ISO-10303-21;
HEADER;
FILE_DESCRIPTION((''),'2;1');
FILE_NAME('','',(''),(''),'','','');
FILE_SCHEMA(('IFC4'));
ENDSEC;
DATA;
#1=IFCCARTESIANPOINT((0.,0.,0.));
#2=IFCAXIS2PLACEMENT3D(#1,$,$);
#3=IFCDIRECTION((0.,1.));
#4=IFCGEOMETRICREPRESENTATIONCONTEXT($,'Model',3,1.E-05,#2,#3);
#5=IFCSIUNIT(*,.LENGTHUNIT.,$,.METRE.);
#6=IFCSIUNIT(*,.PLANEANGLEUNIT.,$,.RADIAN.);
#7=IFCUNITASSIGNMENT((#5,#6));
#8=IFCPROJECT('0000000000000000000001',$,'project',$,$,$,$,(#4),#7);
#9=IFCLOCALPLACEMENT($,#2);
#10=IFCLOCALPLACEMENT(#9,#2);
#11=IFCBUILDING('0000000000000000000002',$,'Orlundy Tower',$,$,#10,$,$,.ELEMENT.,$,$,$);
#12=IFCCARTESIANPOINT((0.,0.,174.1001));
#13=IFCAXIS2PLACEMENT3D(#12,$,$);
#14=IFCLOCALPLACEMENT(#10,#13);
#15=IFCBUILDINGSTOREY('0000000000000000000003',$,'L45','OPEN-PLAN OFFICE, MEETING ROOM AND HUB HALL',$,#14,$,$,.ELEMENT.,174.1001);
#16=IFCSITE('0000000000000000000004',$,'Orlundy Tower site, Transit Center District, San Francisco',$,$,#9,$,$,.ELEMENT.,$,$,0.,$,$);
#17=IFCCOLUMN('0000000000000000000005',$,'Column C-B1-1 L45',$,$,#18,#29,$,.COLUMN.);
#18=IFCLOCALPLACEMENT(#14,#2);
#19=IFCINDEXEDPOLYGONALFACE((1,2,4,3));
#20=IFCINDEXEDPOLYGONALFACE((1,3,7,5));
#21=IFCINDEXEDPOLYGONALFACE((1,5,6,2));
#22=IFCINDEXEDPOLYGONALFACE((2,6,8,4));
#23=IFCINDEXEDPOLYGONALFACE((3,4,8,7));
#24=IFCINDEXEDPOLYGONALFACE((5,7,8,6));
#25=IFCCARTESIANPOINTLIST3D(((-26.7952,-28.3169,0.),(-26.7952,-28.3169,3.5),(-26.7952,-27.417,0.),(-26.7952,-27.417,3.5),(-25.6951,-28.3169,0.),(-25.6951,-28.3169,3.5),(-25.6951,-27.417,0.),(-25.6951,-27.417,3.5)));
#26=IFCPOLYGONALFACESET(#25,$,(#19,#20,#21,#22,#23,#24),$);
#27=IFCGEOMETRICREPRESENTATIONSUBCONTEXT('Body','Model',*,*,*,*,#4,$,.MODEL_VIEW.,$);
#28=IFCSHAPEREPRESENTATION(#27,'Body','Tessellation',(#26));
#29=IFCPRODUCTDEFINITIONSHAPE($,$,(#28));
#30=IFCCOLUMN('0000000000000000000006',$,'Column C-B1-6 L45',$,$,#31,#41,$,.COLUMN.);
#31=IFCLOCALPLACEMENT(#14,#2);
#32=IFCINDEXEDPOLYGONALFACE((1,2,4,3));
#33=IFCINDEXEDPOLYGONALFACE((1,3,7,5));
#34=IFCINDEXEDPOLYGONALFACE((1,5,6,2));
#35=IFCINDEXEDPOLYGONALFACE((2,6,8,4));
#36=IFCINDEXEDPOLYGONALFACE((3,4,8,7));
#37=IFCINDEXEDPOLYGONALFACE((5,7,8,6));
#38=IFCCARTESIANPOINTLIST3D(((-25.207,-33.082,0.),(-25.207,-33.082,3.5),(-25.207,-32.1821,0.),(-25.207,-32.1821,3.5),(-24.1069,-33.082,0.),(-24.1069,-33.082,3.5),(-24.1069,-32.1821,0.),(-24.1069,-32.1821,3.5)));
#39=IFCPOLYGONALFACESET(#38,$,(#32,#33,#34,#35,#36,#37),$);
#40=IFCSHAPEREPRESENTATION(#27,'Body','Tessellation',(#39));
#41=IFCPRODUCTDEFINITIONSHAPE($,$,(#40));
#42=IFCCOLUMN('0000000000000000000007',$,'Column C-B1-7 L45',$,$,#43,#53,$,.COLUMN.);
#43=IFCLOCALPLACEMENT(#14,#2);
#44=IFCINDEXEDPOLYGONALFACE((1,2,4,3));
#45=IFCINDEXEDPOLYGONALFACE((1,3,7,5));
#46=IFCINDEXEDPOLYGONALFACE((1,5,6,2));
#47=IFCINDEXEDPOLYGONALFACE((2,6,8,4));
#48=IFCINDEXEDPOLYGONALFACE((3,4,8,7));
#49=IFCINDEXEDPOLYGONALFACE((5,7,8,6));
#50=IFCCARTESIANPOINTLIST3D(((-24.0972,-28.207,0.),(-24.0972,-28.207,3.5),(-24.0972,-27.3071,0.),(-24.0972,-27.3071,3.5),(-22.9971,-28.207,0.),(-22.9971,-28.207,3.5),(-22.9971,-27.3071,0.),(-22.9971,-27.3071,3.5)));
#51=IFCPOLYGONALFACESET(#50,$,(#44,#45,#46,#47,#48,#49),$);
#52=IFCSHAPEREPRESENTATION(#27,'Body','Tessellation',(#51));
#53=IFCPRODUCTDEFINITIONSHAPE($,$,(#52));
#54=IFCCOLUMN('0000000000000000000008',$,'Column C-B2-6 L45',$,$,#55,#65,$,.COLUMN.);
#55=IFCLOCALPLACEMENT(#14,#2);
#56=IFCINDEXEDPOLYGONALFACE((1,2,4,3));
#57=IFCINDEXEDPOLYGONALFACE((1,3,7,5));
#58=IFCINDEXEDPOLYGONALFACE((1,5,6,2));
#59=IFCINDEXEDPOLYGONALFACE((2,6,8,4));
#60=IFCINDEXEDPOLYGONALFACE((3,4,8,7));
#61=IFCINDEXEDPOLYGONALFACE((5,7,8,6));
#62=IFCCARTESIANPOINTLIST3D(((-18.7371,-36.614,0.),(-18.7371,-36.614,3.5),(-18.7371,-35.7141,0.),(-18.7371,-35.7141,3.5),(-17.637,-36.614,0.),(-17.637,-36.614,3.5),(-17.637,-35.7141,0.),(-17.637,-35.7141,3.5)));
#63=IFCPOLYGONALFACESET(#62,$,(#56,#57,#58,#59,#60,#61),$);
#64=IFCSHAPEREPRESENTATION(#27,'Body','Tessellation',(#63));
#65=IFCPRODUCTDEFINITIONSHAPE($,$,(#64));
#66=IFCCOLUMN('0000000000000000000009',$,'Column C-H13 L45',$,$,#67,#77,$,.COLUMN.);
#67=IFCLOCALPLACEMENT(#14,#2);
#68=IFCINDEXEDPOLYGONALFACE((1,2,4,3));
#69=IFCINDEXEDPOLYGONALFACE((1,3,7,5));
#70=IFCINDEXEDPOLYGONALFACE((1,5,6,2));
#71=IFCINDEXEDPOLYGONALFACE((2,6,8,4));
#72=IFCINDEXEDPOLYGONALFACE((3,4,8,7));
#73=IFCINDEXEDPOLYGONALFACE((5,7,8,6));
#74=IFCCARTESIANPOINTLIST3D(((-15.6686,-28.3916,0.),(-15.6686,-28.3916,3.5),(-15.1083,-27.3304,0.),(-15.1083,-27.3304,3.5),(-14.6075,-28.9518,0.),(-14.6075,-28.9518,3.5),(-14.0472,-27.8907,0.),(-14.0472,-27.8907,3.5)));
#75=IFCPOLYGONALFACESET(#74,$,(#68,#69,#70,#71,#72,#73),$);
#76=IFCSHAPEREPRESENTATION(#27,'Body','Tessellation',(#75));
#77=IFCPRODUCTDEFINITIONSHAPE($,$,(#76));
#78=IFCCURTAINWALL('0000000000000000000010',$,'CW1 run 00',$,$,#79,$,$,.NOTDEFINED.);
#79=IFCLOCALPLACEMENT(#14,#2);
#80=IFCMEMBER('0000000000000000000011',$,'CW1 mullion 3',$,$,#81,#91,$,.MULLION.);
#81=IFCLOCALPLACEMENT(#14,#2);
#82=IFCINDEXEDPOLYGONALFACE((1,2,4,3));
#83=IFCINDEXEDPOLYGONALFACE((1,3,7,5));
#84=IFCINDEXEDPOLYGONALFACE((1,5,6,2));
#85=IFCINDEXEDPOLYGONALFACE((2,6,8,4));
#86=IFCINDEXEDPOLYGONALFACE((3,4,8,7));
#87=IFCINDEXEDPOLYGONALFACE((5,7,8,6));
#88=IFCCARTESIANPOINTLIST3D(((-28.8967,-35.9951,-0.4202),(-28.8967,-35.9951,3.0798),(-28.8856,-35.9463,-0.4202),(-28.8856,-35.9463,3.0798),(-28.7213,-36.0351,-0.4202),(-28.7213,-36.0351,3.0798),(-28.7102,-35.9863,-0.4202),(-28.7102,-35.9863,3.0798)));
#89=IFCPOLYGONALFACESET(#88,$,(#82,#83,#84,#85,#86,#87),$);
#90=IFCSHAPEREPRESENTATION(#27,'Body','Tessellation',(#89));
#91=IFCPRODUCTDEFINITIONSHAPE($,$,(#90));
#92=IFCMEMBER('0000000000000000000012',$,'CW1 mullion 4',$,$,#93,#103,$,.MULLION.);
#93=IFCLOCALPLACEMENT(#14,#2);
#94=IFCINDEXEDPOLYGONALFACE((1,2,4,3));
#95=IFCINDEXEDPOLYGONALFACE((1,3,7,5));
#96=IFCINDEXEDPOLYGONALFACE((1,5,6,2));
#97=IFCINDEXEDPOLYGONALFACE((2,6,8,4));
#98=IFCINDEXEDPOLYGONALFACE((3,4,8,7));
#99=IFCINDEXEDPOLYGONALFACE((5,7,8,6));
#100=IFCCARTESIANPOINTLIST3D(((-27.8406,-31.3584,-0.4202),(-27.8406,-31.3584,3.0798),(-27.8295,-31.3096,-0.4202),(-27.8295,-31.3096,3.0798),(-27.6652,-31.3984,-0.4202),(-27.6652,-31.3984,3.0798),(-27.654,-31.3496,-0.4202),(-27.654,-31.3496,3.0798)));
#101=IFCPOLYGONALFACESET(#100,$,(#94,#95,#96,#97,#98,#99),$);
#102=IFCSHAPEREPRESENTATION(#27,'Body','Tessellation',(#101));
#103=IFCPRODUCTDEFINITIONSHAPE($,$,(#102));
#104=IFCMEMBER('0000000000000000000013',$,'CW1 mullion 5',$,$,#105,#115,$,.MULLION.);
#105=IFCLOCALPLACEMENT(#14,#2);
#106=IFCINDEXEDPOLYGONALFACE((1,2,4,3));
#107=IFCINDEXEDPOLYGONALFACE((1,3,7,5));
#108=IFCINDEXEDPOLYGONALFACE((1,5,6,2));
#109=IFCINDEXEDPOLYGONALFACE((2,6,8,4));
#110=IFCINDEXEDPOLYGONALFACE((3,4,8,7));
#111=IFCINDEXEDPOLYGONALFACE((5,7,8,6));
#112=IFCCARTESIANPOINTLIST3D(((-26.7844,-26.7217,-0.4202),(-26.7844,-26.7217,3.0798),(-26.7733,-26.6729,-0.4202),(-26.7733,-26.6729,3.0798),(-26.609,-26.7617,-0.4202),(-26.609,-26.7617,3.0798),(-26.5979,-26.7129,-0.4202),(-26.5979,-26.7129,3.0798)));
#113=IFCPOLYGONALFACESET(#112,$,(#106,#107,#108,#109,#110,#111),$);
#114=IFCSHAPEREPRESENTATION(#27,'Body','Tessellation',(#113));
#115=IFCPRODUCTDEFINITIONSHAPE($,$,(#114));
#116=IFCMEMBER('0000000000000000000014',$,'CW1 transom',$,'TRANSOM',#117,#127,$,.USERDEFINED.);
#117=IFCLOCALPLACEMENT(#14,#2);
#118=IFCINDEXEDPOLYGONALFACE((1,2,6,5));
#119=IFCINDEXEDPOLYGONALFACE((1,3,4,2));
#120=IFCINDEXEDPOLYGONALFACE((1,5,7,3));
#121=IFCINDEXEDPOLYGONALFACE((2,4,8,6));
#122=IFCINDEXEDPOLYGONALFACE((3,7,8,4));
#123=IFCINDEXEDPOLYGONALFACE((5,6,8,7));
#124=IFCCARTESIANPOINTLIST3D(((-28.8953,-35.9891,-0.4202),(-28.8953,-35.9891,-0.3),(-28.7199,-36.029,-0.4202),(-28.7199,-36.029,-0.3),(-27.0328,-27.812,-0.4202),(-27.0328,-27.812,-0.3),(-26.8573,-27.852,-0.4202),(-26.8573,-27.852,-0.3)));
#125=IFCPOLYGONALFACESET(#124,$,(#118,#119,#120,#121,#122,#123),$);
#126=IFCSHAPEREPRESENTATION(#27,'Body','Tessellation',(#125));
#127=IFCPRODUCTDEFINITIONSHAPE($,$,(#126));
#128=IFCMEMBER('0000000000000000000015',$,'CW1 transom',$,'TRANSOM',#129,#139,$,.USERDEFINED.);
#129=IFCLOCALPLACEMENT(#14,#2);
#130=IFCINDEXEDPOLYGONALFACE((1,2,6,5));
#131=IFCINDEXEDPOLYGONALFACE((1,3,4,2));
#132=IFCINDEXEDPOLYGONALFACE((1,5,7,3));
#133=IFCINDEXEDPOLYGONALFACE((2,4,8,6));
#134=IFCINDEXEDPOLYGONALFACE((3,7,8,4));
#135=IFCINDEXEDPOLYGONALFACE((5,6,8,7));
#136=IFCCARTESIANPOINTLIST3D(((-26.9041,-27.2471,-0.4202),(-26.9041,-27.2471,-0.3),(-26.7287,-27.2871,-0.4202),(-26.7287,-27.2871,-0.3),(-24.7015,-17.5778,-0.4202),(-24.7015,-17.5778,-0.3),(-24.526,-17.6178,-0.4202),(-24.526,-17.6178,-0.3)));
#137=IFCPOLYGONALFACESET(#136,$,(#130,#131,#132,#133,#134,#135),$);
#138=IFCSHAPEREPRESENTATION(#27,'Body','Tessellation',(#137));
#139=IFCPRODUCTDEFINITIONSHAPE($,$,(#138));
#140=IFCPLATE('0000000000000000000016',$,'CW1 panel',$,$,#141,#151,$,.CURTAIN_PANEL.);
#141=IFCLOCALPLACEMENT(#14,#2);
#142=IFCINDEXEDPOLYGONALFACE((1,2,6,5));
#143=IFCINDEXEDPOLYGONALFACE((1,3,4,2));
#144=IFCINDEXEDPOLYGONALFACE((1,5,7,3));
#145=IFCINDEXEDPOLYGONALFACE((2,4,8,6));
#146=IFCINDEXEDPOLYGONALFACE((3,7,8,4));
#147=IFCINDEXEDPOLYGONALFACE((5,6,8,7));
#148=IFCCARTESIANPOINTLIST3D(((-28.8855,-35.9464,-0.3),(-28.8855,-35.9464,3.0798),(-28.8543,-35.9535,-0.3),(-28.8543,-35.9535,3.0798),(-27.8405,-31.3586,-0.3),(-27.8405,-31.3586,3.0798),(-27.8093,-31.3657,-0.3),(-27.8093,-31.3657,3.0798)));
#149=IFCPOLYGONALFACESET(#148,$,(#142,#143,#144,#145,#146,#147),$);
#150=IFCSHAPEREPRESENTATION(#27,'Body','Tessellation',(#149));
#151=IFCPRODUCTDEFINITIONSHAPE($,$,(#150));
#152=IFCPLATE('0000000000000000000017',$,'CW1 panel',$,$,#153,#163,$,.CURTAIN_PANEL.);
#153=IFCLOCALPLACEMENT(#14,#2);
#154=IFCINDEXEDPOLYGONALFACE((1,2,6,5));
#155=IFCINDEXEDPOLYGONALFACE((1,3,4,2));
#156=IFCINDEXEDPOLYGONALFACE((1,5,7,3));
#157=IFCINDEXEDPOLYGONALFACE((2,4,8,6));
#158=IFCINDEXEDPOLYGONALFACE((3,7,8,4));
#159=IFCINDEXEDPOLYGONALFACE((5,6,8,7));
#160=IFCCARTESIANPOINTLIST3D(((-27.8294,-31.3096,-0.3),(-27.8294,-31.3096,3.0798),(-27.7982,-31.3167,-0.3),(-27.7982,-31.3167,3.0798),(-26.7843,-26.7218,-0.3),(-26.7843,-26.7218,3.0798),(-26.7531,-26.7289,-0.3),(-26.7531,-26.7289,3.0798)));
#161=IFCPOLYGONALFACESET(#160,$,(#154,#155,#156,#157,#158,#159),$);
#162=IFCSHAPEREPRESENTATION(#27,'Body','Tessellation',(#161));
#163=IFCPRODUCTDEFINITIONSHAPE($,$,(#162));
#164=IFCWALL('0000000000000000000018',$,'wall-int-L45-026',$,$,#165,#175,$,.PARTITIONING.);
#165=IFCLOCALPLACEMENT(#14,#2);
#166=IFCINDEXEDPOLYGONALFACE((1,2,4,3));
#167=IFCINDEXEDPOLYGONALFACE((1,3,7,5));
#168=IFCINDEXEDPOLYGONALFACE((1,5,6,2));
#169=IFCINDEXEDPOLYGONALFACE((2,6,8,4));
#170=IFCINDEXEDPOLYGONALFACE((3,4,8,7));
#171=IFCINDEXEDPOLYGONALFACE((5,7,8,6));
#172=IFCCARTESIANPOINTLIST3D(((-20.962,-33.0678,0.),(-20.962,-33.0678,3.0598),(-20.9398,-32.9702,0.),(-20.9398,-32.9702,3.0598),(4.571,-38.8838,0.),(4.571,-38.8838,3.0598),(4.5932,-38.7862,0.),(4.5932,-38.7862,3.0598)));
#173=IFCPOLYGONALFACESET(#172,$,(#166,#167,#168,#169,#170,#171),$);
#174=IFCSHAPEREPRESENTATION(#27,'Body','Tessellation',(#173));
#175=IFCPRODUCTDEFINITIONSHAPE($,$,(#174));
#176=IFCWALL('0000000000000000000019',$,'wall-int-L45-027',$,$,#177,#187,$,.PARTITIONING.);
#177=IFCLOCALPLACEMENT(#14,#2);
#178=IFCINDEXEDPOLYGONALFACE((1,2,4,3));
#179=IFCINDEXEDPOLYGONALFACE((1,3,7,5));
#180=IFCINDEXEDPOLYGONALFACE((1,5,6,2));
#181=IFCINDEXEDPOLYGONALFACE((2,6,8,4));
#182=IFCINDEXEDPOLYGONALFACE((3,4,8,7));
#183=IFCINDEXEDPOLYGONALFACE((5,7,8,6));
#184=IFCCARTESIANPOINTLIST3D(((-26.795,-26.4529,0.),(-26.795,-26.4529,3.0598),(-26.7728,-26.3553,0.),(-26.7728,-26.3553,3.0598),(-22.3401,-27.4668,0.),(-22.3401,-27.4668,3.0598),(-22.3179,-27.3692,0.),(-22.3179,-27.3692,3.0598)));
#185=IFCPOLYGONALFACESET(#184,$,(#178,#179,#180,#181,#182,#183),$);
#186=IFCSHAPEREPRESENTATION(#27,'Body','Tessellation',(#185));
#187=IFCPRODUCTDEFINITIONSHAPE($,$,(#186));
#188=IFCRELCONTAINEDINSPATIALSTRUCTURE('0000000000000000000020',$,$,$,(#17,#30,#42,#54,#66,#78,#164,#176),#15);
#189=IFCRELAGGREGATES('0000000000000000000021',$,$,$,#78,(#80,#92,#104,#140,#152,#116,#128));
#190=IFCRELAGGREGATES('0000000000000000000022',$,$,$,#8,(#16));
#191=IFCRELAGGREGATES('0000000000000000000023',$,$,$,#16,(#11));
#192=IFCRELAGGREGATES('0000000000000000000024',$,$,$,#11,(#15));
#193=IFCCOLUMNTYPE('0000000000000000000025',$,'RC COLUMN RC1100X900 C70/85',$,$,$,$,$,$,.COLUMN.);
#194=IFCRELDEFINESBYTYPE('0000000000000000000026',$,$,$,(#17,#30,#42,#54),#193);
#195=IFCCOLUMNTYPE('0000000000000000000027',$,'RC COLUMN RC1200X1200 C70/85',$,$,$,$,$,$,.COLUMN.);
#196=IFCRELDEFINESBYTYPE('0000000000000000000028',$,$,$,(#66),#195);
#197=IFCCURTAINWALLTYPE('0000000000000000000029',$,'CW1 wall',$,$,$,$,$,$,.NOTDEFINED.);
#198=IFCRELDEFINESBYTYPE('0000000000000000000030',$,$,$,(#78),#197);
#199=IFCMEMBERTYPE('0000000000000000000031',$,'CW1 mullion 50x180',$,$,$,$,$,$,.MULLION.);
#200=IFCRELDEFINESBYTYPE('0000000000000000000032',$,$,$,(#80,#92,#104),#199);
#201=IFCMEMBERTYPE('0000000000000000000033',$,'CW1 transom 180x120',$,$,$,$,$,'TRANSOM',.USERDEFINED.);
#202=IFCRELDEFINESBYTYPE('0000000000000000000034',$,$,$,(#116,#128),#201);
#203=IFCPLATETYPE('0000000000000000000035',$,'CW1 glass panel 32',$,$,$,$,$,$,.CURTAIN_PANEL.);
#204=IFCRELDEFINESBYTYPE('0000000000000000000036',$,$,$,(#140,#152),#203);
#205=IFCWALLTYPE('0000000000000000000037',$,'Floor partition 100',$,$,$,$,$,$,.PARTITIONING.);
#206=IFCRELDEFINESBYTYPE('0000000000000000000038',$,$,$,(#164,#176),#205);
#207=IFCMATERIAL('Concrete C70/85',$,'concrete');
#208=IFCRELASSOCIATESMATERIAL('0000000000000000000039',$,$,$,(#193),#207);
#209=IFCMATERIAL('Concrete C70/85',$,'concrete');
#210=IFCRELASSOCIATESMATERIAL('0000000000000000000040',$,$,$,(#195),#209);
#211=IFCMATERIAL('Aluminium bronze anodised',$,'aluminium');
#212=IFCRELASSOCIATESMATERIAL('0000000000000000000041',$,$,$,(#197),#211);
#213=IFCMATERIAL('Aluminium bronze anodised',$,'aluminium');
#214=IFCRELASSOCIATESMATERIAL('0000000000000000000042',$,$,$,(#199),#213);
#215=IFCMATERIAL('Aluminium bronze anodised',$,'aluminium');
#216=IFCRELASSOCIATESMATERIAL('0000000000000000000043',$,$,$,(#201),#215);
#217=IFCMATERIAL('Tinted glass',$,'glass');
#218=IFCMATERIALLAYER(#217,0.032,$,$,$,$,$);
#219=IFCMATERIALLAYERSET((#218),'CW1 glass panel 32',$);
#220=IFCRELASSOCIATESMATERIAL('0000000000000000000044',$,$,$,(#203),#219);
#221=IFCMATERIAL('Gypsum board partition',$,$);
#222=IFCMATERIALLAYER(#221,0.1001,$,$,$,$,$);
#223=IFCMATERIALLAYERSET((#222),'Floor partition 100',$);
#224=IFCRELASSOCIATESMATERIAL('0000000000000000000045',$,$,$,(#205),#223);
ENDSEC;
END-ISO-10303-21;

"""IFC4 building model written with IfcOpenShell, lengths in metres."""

from ifc_helpers import new_model, si_unit, direction, frame, frame_2d, origin, origin_2d, place, context, subcontext, project, spatial, rectangle, extrude, material, layer, layer_set, material_profile, profile_set, type_object, element, aggregate, save


model = new_model("IFC4")

# Units and contexts
model_context = context("Model", 3, precision=1e-05, world=origin(), true_north=direction((0.0, 1.0)))
body_context = subcontext(model_context, "Body", "Model", "MODEL_VIEW")
ifc_project = project(units=[si_unit("LENGTHUNIT", "METRE"), si_unit("PLANEANGLEUNIT", "RADIAN")], contexts=[model_context])

# Site, building, storey
site_placement = place(None, origin())
site = spatial("IfcSite", under=ifc_project, at=site_placement, Name="Orlundy Tower site, Transit Center District, San Francisco", CompositionType="ELEMENT", RefElevation=0.0)
building_placement = place(site_placement, origin())
building = spatial("IfcBuilding", under=site, at=building_placement, Name="Orlundy Tower", CompositionType="ELEMENT")
storey_placement = place(building_placement, frame((0.0, 0.0, 174.1001)))
storey = spatial("IfcBuildingStorey", under=building, at=storey_placement, Name="L45", Description="OPEN-PLAN OFFICE, MEETING ROOM AND HUB HALL", CompositionType="ELEMENT", Elevation=174.1001)

# Columns
ifc_material_1 = material(Name="Concrete C70/85", Category="concrete")
ifc_material_profile_1 = material_profile(ifc_material_1, rectangle(XDim=1.1001, YDim=0.8999, at=origin_2d()), Name="RC1100X900")
ifc_profile_set_1 = profile_set([ifc_material_profile_1], Name="Concrete C70/85")
column_type_1 = type_object("IfcColumnType", Name="RC COLUMN RC1100X900 C70/85", PredefinedType="COLUMN", material=ifc_profile_set_1)
for number, where, z_axis, x_axis, name in (
    (1, (-26.2451, -27.8669, 0.0), (0.0, 0.0, 1.0), (1.0, 0.0, 0.0), "Column C-B1-1 L45"),
    (2, (-24.657, -32.6321, 0.0), (0.0, 0.0, 1.0), (1.0, 0.0, 0.0), "Column C-B1-6 L45"),
    (3, (-23.5471, -27.7571, 0.0), (0.0, 0.0, 1.0), (1.0, 0.0, 0.0), "Column C-B1-7 L45"),
    (4, (-18.187, -36.1641, 0.0), (0.0, 0.0, 1.0), (1.0, 0.0, 0.0), "Column C-B2-6 L45"),
):
    element("IfcColumn", number, at=place(storey_placement, frame(where, z_axis=z_axis, x_axis=x_axis)), inside=storey, type_object=column_type_1, Name=name, PredefinedType="COLUMN", context=body_context, shape_type="SweptSolid", body=[
        extrude(rectangle(XDim=1.1001, YDim=0.8999, at=origin_2d()), origin(), (0.0, 0.0, 1.0), 3.5),
    ])
ifc_material_2 = material(Name="Concrete C70/85", Category="concrete")
ifc_material_profile_2 = material_profile(ifc_material_2, rectangle(XDim=1.2, YDim=1.2, at=origin_2d()), Name="RC1200X1200")
ifc_profile_set_2 = profile_set([ifc_material_profile_2], Name="Concrete C70/85")
column_type_2 = type_object("IfcColumnType", Name="RC COLUMN RC1200X1200 C70/85", PredefinedType="COLUMN", material=ifc_profile_set_2)
column_placement = place(storey_placement, frame((-14.8579, -28.1411, 0.0), z_axis=(0.0, 0.0, 1.0), x_axis=(-0.466896, -0.884312, 0.0)))
element("IfcColumn", 5, at=column_placement, inside=storey, type_object=column_type_2, Name="Column C-H13 L45", PredefinedType="COLUMN", context=body_context, shape_type="SweptSolid", body=[
    extrude(rectangle(XDim=1.2, YDim=1.2, at=origin_2d()), origin(), (0.0, 0.0, 1.0), 3.5),
])

# Curtain wall, members, plates
ifc_material_3 = material(Name="Aluminium bronze anodised", Category="aluminium")
curtain_wall_type = type_object("IfcCurtainWallType", Name="CW1 wall", PredefinedType="NOTDEFINED", material=ifc_material_3)
curtain_wall_placement = place(storey_placement, origin())
curtain_wall = element("IfcCurtainWall", 6, at=curtain_wall_placement, inside=storey, type_object=curtain_wall_type, Name="CW1 run 00", PredefinedType="NOTDEFINED")
ifc_material_4 = material(Name="Aluminium bronze anodised", Category="aluminium")
ifc_material_profile_3 = material_profile(ifc_material_4, rectangle(XDim=0.1799, YDim=0.05, at=origin_2d()), Name="CW1 mullion 50x180")
ifc_profile_set_3 = profile_set([ifc_material_profile_3], Name="Aluminium bronze anodised")
member_type_1 = type_object("IfcMemberType", Name="CW1 mullion 50x180", PredefinedType="MULLION", material=ifc_profile_set_3)
member_1_placement = place(storey_placement, frame((-28.8035, -35.9907, -0.4202), z_axis=(0.0, 0.0, 1.0), x_axis=(-0.975025, 0.222097, 0.0)))
member_1 = element("IfcMember", 7, at=member_1_placement, type_object=member_type_1, Name="CW1 mullion 3", PredefinedType="MULLION", context=body_context, shape_type="SweptSolid", body=[
    extrude(rectangle(XDim=0.1799, YDim=0.05, at=origin_2d()), origin(), (0.0, 0.0, 1.0), 3.5),
])
member_2_placement = place(storey_placement, frame((-27.7473, -31.354, -0.4202), z_axis=(0.0, 0.0, 1.0), x_axis=(-0.975025, 0.222097, 0.0)))
member_2 = element("IfcMember", 8, at=member_2_placement, type_object=member_type_1, Name="CW1 mullion 4", PredefinedType="MULLION", context=body_context, shape_type="SweptSolid", body=[
    extrude(rectangle(XDim=0.1799, YDim=0.05, at=origin_2d()), origin(), (0.0, 0.0, 1.0), 3.5),
])
member_3_placement = place(storey_placement, frame((-26.6912, -26.7173, -0.4202), z_axis=(0.0, 0.0, 1.0), x_axis=(-0.975025, 0.222097, 0.0)))
member_3 = element("IfcMember", 9, at=member_3_placement, type_object=member_type_1, Name="CW1 mullion 5", PredefinedType="MULLION", context=body_context, shape_type="SweptSolid", body=[
    extrude(rectangle(XDim=0.1799, YDim=0.05, at=origin_2d()), origin(), (0.0, 0.0, 1.0), 3.5),
])
ifc_material_5 = material(Name="Aluminium bronze anodised", Category="aluminium")
ifc_material_profile_4 = material_profile(ifc_material_5, rectangle(XDim=0.1799, YDim=0.1201, at=origin_2d()), Name="CW1 transom 180x120")
ifc_profile_set_4 = profile_set([ifc_material_profile_4], Name="Aluminium bronze anodised")
member_type_2 = type_object("IfcMemberType", Name="CW1 transom 180x120", ElementType="TRANSOM", PredefinedType="USERDEFINED", material=ifc_profile_set_4)
member_4_placement = place(storey_placement, frame((-28.8076, -36.009, -0.3601), z_axis=(0.22209, 0.975026, 0.0), x_axis=(-0.975026, 0.22209, 0.0)))
member_4 = element("IfcMember", 10, at=member_4_placement, type_object=member_type_2, Name="CW1 transom", ObjectType="TRANSOM", PredefinedType="USERDEFINED", context=body_context, shape_type="SweptSolid", body=[
    extrude(rectangle(XDim=0.1799, YDim=0.1201, at=origin_2d()), origin(), (0.0, 0.0, 1.0), 8.3865),
])
member_5_placement = place(storey_placement, frame((-26.8164, -27.2671, -0.3601), z_axis=(0.222109, 0.975022, 0.0), x_axis=(-0.975022, 0.222109, 0.0)))
member_5 = element("IfcMember", 11, at=member_5_placement, type_object=member_type_2, Name="CW1 transom", ObjectType="TRANSOM", PredefinedType="USERDEFINED", context=body_context, shape_type="SweptSolid", body=[
    extrude(rectangle(XDim=0.1799, YDim=0.1201, at=origin_2d()), origin(), (0.0, 0.0, 1.0), 9.917),
])
ifc_material_6 = material(Name="Tinted glass", Category="glass")
ifc_layer_1 = layer(ifc_material_6, 0.032)
ifc_layer_set_1 = layer_set([ifc_layer_1], Name="CW1 glass panel 32")
plate_type = type_object("IfcPlateType", Name="CW1 glass panel 32", PredefinedType="CURTAIN_PANEL", material=ifc_layer_set_1)
plate_1_placement = place(storey_placement, frame((-28.3474, -33.656, -0.3), z_axis=(0.0, 0.0, 1.0), x_axis=(0.222097, 0.975025, 0.0)))
plate_1 = element("IfcPlate", 12, at=plate_1_placement, type_object=plate_type, Name="CW1 panel", PredefinedType="CURTAIN_PANEL", context=body_context, shape_type="SweptSolid", body=[
    extrude(rectangle(XDim=4.7053, YDim=0.032, at=origin_2d()), origin(), (0.0, 0.0, 1.0), 3.3799),
])
plate_2_placement = place(storey_placement, frame((-27.2913, -29.0193, -0.3), z_axis=(0.0, 0.0, 1.0), x_axis=(0.222097, 0.975025, 0.0)))
plate_2 = element("IfcPlate", 13, at=plate_2_placement, type_object=plate_type, Name="CW1 panel", PredefinedType="CURTAIN_PANEL", context=body_context, shape_type="SweptSolid", body=[
    extrude(rectangle(XDim=4.7053, YDim=0.032, at=origin_2d()), origin(), (0.0, 0.0, 1.0), 3.3799),
])
aggregate(curtain_wall, [member_1, member_2, member_3, plate_1, plate_2, member_4, member_5])

# Walls
ifc_material_7 = material(Name="Gypsum board partition")
ifc_layer_2 = layer(ifc_material_7, 0.1001)
ifc_layer_set_2 = layer_set([ifc_layer_2], Name="Floor partition 100")
wall_type_1 = type_object("IfcWallType", Name="Floor partition 100", PredefinedType="PARTITIONING", material=ifc_layer_set_2)
wall_1_placement = place(storey_placement, frame((-20.9509, -33.019, 0.0), z_axis=(0.0, 0.0, 1.0), x_axis=(0.975026, -0.222092, 0.0)))
element("IfcWall", 14, at=wall_1_placement, inside=storey, type_object=wall_type_1, Name="wall-int-L45-026", PredefinedType="PARTITIONING", context=body_context, shape_type="SweptSolid", body=[
    extrude(rectangle(XDim=26.187, YDim=0.1001, at=frame_2d((13.0935, 0.0))), origin(), (0.0, 0.0, 1.0), 3.0598),
])
wall_2_placement = place(storey_placement, frame((-26.7839, -26.4041, 0.0), z_axis=(0.0, 0.0, 1.0), x_axis=(0.975064, -0.221924, 0.0)))
element("IfcWall", 15, at=wall_2_placement, inside=storey, type_object=wall_type_1, Name="wall-int-L45-027", PredefinedType="PARTITIONING", context=body_context, shape_type="SweptSolid", body=[
    extrude(rectangle(XDim=4.5688, YDim=0.1001, at=frame_2d((2.2844, 0.0))), origin(), (0.0, 0.0, 1.0), 3.0598),
])

save(model, "model.ifc")
